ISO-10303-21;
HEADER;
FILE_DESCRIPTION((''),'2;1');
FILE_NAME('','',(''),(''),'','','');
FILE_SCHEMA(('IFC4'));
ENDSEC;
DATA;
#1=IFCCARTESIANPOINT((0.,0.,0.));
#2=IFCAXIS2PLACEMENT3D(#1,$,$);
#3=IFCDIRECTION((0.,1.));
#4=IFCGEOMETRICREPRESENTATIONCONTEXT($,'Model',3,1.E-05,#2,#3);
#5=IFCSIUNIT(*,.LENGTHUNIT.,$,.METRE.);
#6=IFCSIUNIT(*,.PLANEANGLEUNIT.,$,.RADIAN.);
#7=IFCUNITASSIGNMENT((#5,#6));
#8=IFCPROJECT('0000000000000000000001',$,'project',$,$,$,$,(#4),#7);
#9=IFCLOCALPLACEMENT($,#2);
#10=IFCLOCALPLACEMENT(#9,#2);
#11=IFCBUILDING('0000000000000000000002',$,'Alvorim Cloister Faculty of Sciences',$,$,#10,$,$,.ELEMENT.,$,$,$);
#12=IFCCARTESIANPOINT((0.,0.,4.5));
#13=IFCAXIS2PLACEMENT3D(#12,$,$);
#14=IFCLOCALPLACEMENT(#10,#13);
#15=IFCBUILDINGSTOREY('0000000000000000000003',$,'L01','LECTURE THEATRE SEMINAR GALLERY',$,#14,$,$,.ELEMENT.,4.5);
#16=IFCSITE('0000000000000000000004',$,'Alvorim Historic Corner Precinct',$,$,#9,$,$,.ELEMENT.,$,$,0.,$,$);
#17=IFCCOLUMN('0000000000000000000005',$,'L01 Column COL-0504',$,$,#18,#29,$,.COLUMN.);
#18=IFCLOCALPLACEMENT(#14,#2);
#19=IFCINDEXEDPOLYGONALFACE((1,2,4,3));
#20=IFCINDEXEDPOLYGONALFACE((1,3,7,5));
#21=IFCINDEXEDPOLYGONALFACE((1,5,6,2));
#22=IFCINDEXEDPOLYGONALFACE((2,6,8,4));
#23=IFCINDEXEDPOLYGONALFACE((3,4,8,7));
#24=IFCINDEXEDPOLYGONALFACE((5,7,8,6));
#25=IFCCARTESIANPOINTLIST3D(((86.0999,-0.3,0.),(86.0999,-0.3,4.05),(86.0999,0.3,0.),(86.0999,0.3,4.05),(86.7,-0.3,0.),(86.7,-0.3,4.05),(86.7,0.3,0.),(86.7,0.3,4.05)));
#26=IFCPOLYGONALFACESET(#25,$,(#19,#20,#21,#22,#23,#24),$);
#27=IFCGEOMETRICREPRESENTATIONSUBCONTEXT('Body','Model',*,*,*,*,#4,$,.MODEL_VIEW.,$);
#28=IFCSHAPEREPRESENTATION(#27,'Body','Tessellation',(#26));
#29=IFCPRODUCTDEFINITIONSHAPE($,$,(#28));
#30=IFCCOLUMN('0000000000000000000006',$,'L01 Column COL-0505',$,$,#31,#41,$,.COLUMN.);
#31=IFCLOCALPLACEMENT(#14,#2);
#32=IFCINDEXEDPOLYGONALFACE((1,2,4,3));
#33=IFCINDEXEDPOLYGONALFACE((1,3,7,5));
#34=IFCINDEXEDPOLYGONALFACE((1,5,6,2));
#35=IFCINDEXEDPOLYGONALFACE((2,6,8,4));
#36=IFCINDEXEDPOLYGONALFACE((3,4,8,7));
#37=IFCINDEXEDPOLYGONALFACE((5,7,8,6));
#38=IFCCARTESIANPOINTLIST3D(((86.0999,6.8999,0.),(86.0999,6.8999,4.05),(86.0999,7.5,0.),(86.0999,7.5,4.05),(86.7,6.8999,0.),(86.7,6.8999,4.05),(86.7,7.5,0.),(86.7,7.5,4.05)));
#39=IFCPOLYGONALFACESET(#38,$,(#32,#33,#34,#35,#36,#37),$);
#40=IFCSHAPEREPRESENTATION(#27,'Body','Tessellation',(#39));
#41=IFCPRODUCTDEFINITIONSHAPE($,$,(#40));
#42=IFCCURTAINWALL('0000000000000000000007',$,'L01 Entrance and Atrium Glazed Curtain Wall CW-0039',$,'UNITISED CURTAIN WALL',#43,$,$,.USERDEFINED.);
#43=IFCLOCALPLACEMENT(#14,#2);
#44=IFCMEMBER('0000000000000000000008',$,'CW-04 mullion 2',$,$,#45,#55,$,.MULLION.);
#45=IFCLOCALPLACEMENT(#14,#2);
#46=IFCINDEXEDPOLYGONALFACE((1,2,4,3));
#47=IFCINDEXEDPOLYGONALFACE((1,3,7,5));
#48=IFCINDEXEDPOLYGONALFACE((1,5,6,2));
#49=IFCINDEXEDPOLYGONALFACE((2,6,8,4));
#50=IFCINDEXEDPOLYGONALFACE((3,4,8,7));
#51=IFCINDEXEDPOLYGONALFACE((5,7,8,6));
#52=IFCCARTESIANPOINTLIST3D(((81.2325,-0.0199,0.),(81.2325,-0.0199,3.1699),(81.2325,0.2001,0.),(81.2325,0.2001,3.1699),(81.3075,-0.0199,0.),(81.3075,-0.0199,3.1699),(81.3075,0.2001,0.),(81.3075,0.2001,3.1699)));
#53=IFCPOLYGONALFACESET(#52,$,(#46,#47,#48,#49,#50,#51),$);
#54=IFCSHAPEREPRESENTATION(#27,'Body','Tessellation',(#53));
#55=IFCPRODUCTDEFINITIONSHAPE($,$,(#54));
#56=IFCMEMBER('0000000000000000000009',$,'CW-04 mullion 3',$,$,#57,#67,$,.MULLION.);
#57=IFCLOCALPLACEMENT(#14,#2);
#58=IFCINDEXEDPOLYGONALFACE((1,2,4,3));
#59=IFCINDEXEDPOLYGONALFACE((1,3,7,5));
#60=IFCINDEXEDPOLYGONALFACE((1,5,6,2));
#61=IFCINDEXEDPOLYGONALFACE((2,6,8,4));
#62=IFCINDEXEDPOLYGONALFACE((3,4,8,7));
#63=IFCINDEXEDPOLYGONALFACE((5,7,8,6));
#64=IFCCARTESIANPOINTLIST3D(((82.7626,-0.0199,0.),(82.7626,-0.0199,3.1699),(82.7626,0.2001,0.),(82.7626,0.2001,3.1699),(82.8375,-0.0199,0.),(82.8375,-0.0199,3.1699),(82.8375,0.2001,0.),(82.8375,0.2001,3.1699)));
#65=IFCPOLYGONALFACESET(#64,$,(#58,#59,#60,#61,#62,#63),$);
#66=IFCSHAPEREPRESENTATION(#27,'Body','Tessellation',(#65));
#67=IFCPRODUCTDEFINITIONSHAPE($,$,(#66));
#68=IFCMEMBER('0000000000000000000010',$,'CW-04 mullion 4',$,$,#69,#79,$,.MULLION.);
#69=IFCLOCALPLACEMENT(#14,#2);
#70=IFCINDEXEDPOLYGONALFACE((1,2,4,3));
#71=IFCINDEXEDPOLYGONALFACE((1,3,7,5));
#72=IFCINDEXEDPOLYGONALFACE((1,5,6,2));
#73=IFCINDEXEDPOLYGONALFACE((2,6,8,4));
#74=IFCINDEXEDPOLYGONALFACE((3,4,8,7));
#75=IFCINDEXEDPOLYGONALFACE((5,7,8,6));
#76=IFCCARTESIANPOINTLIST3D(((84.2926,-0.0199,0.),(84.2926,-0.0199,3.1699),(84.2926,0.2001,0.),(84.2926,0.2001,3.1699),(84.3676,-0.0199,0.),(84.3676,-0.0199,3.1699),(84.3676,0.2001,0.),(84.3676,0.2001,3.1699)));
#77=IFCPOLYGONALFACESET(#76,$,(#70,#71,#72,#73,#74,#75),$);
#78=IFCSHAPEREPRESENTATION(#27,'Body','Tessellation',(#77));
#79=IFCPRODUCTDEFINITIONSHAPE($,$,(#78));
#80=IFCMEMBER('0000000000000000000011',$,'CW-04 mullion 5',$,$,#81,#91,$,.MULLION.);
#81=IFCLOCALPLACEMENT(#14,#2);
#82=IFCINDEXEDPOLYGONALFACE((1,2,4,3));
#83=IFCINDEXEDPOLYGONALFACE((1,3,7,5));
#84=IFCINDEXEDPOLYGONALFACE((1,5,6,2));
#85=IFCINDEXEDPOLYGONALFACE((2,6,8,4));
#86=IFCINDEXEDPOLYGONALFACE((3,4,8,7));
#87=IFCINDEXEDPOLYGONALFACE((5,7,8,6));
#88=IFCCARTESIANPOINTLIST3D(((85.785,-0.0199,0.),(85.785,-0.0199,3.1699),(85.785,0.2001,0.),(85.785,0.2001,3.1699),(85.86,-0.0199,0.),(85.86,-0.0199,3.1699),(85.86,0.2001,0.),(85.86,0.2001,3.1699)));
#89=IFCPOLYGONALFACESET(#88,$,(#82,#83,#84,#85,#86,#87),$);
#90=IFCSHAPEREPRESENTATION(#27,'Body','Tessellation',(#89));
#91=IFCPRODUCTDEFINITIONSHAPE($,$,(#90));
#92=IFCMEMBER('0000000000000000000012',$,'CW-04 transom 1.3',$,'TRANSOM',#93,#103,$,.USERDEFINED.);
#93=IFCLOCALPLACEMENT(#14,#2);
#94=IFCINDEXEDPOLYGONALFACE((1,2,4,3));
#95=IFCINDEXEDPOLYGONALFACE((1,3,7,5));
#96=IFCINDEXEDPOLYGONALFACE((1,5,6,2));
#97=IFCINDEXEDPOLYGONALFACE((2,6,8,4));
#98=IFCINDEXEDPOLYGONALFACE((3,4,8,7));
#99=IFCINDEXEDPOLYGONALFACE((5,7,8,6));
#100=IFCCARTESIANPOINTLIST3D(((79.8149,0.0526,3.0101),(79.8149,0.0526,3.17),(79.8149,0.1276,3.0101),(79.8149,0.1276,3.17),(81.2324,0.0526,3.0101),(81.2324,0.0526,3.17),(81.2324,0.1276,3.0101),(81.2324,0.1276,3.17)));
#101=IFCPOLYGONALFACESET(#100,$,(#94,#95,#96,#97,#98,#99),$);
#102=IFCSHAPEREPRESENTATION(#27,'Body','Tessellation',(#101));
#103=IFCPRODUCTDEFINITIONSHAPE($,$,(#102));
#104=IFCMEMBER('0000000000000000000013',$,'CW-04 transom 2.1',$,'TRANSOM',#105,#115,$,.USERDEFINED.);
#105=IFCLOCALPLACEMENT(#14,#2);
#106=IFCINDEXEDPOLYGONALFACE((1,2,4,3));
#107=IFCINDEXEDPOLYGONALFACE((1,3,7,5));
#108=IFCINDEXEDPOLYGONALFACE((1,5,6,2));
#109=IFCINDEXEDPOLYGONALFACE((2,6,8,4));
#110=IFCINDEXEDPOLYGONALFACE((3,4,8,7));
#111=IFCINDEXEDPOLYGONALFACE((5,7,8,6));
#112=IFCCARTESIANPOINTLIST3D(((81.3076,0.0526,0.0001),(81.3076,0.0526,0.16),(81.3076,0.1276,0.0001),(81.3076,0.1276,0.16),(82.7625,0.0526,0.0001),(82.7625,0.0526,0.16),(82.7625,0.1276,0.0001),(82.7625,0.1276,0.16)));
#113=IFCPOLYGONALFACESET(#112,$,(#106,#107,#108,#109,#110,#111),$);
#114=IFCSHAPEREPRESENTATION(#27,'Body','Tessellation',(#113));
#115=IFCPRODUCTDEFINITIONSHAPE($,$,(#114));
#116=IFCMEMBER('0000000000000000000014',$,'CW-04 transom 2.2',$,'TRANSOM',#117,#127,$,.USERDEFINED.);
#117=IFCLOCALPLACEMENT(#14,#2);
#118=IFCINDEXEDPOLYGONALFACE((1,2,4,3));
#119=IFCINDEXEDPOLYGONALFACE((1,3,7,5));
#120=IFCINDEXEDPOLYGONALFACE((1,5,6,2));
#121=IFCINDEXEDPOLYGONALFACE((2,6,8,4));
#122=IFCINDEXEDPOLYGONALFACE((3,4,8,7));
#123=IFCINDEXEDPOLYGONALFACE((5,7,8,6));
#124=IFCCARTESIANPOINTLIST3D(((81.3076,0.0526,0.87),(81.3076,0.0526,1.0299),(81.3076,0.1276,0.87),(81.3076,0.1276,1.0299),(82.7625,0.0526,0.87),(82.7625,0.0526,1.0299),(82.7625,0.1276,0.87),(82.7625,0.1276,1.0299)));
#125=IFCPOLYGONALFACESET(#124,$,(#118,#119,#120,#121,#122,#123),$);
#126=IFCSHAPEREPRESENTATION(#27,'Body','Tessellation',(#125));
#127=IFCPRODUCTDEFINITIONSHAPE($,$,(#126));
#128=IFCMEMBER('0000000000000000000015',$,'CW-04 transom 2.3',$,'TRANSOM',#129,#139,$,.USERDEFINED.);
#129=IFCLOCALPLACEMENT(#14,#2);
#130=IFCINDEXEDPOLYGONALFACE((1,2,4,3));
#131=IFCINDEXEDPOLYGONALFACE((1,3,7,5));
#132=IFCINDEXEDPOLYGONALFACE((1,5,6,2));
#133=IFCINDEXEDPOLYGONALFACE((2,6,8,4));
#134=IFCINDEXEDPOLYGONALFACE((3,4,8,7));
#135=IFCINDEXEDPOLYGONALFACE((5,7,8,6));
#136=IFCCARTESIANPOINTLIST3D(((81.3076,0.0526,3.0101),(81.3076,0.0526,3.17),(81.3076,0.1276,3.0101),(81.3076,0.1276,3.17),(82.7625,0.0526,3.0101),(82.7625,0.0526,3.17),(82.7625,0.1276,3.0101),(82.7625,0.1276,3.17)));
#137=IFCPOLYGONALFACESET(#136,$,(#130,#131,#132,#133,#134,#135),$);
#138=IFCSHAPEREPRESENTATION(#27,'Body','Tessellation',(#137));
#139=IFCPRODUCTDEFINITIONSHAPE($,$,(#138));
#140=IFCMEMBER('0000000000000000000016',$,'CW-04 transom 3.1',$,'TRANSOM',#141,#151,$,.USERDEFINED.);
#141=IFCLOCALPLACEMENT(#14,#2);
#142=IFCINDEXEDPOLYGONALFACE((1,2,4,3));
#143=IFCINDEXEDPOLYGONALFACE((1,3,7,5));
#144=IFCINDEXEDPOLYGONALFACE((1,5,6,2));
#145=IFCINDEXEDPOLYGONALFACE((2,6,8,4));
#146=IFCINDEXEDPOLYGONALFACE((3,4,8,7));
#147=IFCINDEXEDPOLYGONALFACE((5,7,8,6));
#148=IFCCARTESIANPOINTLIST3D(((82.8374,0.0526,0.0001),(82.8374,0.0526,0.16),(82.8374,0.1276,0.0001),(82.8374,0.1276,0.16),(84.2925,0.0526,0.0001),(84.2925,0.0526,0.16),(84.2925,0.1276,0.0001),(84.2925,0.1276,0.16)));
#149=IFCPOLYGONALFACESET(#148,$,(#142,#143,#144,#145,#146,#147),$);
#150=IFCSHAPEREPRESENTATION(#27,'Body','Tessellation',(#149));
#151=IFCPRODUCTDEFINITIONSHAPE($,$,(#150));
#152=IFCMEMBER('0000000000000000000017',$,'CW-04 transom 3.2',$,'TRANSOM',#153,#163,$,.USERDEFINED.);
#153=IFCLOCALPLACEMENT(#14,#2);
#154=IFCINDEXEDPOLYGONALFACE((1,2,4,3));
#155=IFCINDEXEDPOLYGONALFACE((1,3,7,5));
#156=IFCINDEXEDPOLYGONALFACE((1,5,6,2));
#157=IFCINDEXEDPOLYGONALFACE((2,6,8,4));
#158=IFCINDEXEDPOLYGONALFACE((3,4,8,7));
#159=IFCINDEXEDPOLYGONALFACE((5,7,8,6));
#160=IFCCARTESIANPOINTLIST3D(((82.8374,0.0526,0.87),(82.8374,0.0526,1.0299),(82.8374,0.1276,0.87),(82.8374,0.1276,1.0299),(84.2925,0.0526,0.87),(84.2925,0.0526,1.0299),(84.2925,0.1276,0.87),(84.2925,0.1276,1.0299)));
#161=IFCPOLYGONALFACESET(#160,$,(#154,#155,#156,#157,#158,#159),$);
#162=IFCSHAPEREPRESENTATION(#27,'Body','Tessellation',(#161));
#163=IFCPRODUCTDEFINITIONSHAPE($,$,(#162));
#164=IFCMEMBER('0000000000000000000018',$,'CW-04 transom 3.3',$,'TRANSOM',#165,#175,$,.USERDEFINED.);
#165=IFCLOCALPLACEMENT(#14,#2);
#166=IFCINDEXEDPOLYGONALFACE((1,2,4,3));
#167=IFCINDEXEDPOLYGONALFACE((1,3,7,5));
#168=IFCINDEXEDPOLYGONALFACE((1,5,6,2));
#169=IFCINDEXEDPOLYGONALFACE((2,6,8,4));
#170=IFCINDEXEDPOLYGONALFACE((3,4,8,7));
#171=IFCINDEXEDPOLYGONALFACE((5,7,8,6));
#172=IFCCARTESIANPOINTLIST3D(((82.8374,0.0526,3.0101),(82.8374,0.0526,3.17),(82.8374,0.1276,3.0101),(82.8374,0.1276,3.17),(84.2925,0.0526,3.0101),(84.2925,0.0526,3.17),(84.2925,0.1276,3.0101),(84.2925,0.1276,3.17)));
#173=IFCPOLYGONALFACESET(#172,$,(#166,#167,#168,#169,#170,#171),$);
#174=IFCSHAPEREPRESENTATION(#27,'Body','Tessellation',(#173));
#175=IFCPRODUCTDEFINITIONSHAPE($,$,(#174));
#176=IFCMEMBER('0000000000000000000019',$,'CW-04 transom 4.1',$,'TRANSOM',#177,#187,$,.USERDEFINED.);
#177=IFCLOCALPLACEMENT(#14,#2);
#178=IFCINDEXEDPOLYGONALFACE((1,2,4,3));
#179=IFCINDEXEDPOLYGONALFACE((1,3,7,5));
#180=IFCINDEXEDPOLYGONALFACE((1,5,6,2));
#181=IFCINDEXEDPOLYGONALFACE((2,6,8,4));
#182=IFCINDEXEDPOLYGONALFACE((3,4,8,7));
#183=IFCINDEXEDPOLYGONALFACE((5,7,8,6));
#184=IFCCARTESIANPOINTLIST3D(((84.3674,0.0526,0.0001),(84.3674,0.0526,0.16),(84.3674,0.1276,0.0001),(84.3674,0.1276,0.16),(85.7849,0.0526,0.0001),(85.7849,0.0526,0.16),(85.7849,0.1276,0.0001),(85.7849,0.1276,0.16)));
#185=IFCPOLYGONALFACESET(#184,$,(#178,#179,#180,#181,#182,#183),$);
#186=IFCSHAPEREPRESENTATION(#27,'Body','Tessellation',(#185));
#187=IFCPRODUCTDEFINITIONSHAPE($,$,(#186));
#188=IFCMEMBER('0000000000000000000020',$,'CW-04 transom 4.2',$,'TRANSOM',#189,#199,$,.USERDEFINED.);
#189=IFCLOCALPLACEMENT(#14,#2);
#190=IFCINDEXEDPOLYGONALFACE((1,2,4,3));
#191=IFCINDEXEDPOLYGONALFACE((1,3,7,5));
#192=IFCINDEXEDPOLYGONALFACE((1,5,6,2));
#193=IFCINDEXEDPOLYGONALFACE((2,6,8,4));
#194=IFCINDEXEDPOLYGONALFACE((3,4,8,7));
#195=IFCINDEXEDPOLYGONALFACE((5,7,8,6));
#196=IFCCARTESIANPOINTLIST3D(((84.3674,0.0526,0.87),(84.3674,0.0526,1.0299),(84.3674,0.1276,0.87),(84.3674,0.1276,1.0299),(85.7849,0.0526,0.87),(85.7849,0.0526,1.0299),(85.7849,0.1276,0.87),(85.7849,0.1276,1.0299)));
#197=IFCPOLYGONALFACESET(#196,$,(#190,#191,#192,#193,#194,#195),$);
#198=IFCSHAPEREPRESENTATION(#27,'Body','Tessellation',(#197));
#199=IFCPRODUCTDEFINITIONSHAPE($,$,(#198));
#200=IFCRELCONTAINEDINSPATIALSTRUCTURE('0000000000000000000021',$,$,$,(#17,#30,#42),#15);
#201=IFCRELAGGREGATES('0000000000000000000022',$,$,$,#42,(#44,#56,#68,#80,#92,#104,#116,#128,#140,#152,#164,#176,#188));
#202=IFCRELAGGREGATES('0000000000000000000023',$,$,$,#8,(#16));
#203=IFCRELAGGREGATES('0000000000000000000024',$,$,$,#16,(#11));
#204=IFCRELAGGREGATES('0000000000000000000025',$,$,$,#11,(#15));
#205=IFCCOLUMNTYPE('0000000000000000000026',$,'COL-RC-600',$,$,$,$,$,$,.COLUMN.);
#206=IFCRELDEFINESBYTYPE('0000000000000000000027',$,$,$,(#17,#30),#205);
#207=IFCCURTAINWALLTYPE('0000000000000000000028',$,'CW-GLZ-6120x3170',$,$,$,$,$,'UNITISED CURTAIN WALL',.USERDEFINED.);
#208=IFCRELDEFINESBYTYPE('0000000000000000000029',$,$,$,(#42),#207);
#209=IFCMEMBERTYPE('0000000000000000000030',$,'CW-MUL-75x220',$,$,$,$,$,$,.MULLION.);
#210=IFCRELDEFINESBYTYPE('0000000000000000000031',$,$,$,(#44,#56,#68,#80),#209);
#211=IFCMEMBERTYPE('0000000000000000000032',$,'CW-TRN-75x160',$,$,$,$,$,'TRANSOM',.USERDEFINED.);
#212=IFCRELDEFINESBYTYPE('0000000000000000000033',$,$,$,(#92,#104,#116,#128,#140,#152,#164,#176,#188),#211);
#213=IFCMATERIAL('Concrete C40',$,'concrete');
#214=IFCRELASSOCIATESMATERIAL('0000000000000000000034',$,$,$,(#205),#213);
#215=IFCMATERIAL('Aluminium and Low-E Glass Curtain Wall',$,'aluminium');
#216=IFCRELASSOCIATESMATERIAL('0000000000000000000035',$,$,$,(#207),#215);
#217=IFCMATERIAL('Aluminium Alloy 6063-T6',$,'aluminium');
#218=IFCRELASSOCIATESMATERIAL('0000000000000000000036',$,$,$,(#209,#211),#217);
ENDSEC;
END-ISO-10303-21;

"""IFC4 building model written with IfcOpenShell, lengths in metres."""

from ifc_helpers import new_model, si_unit, direction, frame, origin, origin_2d, place, context, subcontext, project, spatial, rectangle, extrude, material, material_profile, profile_set, type_object, element, aggregate, save


model = new_model("IFC4")

# Units and contexts
model_context = context("Model", 3, precision=1e-05, world=origin(), true_north=direction((0.0, 1.0)))
body_context = subcontext(model_context, "Body", "Model", "MODEL_VIEW")
ifc_project = project(units=[si_unit("LENGTHUNIT", "METRE"), si_unit("PLANEANGLEUNIT", "RADIAN")], contexts=[model_context])

# Site, building, storey
site_placement = place(None, origin())
site = spatial("IfcSite", under=ifc_project, at=site_placement, Name="Alvorim Historic Corner Precinct", CompositionType="ELEMENT", RefElevation=0.0)
building_placement = place(site_placement, origin())
building = spatial("IfcBuilding", under=site, at=building_placement, Name="Alvorim Cloister Faculty of Sciences", CompositionType="ELEMENT")
storey_placement = place(building_placement, frame((0.0, 0.0, 4.5)))
storey = spatial("IfcBuildingStorey", under=building, at=storey_placement, Name="L01", Description="LECTURE THEATRE SEMINAR GALLERY", CompositionType="ELEMENT", Elevation=4.5)

# Columns
ifc_material_1 = material(Name="Concrete C40", Category="concrete")
ifc_material_profile_1 = material_profile(ifc_material_1, rectangle(XDim=0.6001, YDim=0.6001, at=origin_2d()), Name="RC40-COL-600x600")
ifc_profile_set_1 = profile_set([ifc_material_profile_1], Name="Concrete C40")
column_type = type_object("IfcColumnType", Name="COL-RC-600", PredefinedType="COLUMN", material=ifc_profile_set_1)
for number, where, z_axis, x_axis, name in (
    (1, (86.3999, 0.0, 0.0), (0.0, 0.0, 1.0), (1.0, 0.0, 0.0), "L01 Column COL-0504"),
    (2, (86.3999, 7.2, 0.0), (0.0, 0.0, 1.0), (1.0, 0.0, 0.0), "L01 Column COL-0505"),
):
    element("IfcColumn", number, at=place(storey_placement, frame(where, z_axis=z_axis, x_axis=x_axis)), inside=storey, type_object=column_type, Name=name, PredefinedType="COLUMN", context=body_context, shape_type="SweptSolid", body=[
        extrude(rectangle(XDim=0.6001, YDim=0.6001, at=origin_2d()), origin(), (0.0, 0.0, 1.0), 4.05),
    ])

# Curtain wall, members
ifc_material_2 = material(Name="Aluminium and Low-E Glass Curtain Wall", Category="aluminium")
curtain_wall_type = type_object("IfcCurtainWallType", Name="CW-GLZ-6120x3170", ElementType="UNITISED CURTAIN WALL", PredefinedType="USERDEFINED", material=ifc_material_2)
curtain_wall_placement = place(storey_placement, origin())
curtain_wall = element("IfcCurtainWall", 3, at=curtain_wall_placement, inside=storey, type_object=curtain_wall_type, Name="L01 Entrance and Atrium Glazed Curtain Wall CW-0039", ObjectType="UNITISED CURTAIN WALL", PredefinedType="USERDEFINED")
ifc_material_3 = material(Name="Aluminium Alloy 6063-T6", Category="aluminium")
ifc_material_profile_2 = material_profile(ifc_material_3, rectangle(XDim=0.075, YDim=0.22, at=origin_2d()), Name="ALU-MUL-75x220")
ifc_profile_set_2 = profile_set([ifc_material_profile_2], Name="Aluminium Alloy 6063-T6")
member_type_1 = type_object("IfcMemberType", Name="CW-MUL-75x220", PredefinedType="MULLION", material=ifc_profile_set_2)
member_1_placement = place(storey_placement, frame((81.27, 0.0901, 0.0), z_axis=(0.0, 0.0, 1.0), x_axis=(1.0, 0.0, 0.0)))
member_1 = element("IfcMember", 4, at=member_1_placement, type_object=member_type_1, Name="CW-04 mullion 2", PredefinedType="MULLION", context=body_context, shape_type="SweptSolid", body=[
    extrude(rectangle(XDim=0.075, YDim=0.22, at=origin_2d()), origin(), (0.0, 0.0, 1.0), 3.1699),
])
member_2_placement = place(storey_placement, frame((82.8, 0.0901, 0.0), z_axis=(0.0, 0.0, 1.0), x_axis=(1.0, 0.0, 0.0)))
member_2 = element("IfcMember", 5, at=member_2_placement, type_object=member_type_1, Name="CW-04 mullion 3", PredefinedType="MULLION", context=body_context, shape_type="SweptSolid", body=[
    extrude(rectangle(XDim=0.075, YDim=0.22, at=origin_2d()), origin(), (0.0, 0.0, 1.0), 3.1699),
])
member_3_placement = place(storey_placement, frame((84.3301, 0.0901, 0.0), z_axis=(0.0, 0.0, 1.0), x_axis=(1.0, 0.0, 0.0)))
member_3 = element("IfcMember", 6, at=member_3_placement, type_object=member_type_1, Name="CW-04 mullion 4", PredefinedType="MULLION", context=body_context, shape_type="SweptSolid", body=[
    extrude(rectangle(XDim=0.075, YDim=0.22, at=origin_2d()), origin(), (0.0, 0.0, 1.0), 3.1699),
])
member_4_placement = place(storey_placement, frame((85.8225, 0.0901, 0.0), z_axis=(0.0, 0.0, 1.0), x_axis=(1.0, 0.0, 0.0)))
member_4 = element("IfcMember", 7, at=member_4_placement, type_object=member_type_1, Name="CW-04 mullion 5", PredefinedType="MULLION", context=body_context, shape_type="SweptSolid", body=[
    extrude(rectangle(XDim=0.075, YDim=0.22, at=origin_2d()), origin(), (0.0, 0.0, 1.0), 3.1699),
])
ifc_material_profile_3 = material_profile(ifc_material_3, rectangle(XDim=0.075, YDim=0.1599, at=origin_2d()), Name="ALU-TRN-75x160")
ifc_profile_set_3 = profile_set([ifc_material_profile_3], Name="Aluminium Alloy 6063-T6")
member_type_2 = type_object("IfcMemberType", Name="CW-TRN-75x160", ElementType="TRANSOM", PredefinedType="USERDEFINED", material=ifc_profile_set_3)
member_5_placement = place(storey_placement, frame((79.8149, 0.0901, 3.0901), z_axis=(1.0, 0.0, 0.0), x_axis=(0.0, 1.0, 0.0)))
member_5 = element("IfcMember", 8, at=member_5_placement, type_object=member_type_2, Name="CW-04 transom 1.3", ObjectType="TRANSOM", PredefinedType="USERDEFINED", context=body_context, shape_type="SweptSolid", body=[
    extrude(rectangle(XDim=0.075, YDim=0.1599, at=origin_2d()), origin(), (0.0, 0.0, 1.0), 1.4175),
])
member_6_placement = place(storey_placement, frame((81.3076, 0.0901, 0.0801), z_axis=(1.0, 0.0, 0.0), x_axis=(0.0, 1.0, 0.0)))
member_6 = element("IfcMember", 9, at=member_6_placement, type_object=member_type_2, Name="CW-04 transom 2.1", ObjectType="TRANSOM", PredefinedType="USERDEFINED", context=body_context, shape_type="SweptSolid", body=[
    extrude(rectangle(XDim=0.075, YDim=0.1599, at=origin_2d()), origin(), (0.0, 0.0, 1.0), 1.4548),
])
member_7_placement = place(storey_placement, frame((81.3076, 0.0901, 0.95), z_axis=(1.0, 0.0, 0.0), x_axis=(0.0, 1.0, 0.0)))
member_7 = element("IfcMember", 10, at=member_7_placement, type_object=member_type_2, Name="CW-04 transom 2.2", ObjectType="TRANSOM", PredefinedType="USERDEFINED", context=body_context, shape_type="SweptSolid", body=[
    extrude(rectangle(XDim=0.075, YDim=0.1599, at=origin_2d()), origin(), (0.0, 0.0, 1.0), 1.4548),
])
member_8_placement = place(storey_placement, frame((81.3076, 0.0901, 3.0901), z_axis=(1.0, 0.0, 0.0), x_axis=(0.0, 1.0, 0.0)))
member_8 = element("IfcMember", 11, at=member_8_placement, type_object=member_type_2, Name="CW-04 transom 2.3", ObjectType="TRANSOM", PredefinedType="USERDEFINED", context=body_context, shape_type="SweptSolid", body=[
    extrude(rectangle(XDim=0.075, YDim=0.1599, at=origin_2d()), origin(), (0.0, 0.0, 1.0), 1.4548),
])
member_9_placement = place(storey_placement, frame((82.8374, 0.0901, 0.0801), z_axis=(1.0, 0.0, 0.0), x_axis=(0.0, 1.0, 0.0)))
member_9 = element("IfcMember", 12, at=member_9_placement, type_object=member_type_2, Name="CW-04 transom 3.1", ObjectType="TRANSOM", PredefinedType="USERDEFINED", context=body_context, shape_type="SweptSolid", body=[
    extrude(rectangle(XDim=0.075, YDim=0.1599, at=origin_2d()), origin(), (0.0, 0.0, 1.0), 1.4551),
])
member_10_placement = place(storey_placement, frame((82.8374, 0.0901, 0.95), z_axis=(1.0, 0.0, 0.0), x_axis=(0.0, 1.0, 0.0)))
member_10 = element("IfcMember", 13, at=member_10_placement, type_object=member_type_2, Name="CW-04 transom 3.2", ObjectType="TRANSOM", PredefinedType="USERDEFINED", context=body_context, shape_type="SweptSolid", body=[
    extrude(rectangle(XDim=0.075, YDim=0.1599, at=origin_2d()), origin(), (0.0, 0.0, 1.0), 1.4551),
])
member_11_placement = place(storey_placement, frame((82.8374, 0.0901, 3.0901), z_axis=(1.0, 0.0, 0.0), x_axis=(0.0, 1.0, 0.0)))
member_11 = element("IfcMember", 14, at=member_11_placement, type_object=member_type_2, Name="CW-04 transom 3.3", ObjectType="TRANSOM", PredefinedType="USERDEFINED", context=body_context, shape_type="SweptSolid", body=[
    extrude(rectangle(XDim=0.075, YDim=0.1599, at=origin_2d()), origin(), (0.0, 0.0, 1.0), 1.4551),
])
member_12_placement = place(storey_placement, frame((84.3674, 0.0901, 0.0801), z_axis=(1.0, 0.0, 0.0), x_axis=(0.0, 1.0, 0.0)))
member_12 = element("IfcMember", 15, at=member_12_placement, type_object=member_type_2, Name="CW-04 transom 4.1", ObjectType="TRANSOM", PredefinedType="USERDEFINED", context=body_context, shape_type="SweptSolid", body=[
    extrude(rectangle(XDim=0.075, YDim=0.1599, at=origin_2d()), origin(), (0.0, 0.0, 1.0), 1.4175),
])
member_13_placement = place(storey_placement, frame((84.3674, 0.0901, 0.95), z_axis=(1.0, 0.0, 0.0), x_axis=(0.0, 1.0, 0.0)))
member_13 = element("IfcMember", 16, at=member_13_placement, type_object=member_type_2, Name="CW-04 transom 4.2", ObjectType="TRANSOM", PredefinedType="USERDEFINED", context=body_context, shape_type="SweptSolid", body=[
    extrude(rectangle(XDim=0.075, YDim=0.1599, at=origin_2d()), origin(), (0.0, 0.0, 1.0), 1.4175),
])
aggregate(curtain_wall, [member_1, member_2, member_3, member_4, member_5, member_6, member_7, member_8, member_9, member_10, member_11, member_12, member_13])

save(model, "model.ifc")
